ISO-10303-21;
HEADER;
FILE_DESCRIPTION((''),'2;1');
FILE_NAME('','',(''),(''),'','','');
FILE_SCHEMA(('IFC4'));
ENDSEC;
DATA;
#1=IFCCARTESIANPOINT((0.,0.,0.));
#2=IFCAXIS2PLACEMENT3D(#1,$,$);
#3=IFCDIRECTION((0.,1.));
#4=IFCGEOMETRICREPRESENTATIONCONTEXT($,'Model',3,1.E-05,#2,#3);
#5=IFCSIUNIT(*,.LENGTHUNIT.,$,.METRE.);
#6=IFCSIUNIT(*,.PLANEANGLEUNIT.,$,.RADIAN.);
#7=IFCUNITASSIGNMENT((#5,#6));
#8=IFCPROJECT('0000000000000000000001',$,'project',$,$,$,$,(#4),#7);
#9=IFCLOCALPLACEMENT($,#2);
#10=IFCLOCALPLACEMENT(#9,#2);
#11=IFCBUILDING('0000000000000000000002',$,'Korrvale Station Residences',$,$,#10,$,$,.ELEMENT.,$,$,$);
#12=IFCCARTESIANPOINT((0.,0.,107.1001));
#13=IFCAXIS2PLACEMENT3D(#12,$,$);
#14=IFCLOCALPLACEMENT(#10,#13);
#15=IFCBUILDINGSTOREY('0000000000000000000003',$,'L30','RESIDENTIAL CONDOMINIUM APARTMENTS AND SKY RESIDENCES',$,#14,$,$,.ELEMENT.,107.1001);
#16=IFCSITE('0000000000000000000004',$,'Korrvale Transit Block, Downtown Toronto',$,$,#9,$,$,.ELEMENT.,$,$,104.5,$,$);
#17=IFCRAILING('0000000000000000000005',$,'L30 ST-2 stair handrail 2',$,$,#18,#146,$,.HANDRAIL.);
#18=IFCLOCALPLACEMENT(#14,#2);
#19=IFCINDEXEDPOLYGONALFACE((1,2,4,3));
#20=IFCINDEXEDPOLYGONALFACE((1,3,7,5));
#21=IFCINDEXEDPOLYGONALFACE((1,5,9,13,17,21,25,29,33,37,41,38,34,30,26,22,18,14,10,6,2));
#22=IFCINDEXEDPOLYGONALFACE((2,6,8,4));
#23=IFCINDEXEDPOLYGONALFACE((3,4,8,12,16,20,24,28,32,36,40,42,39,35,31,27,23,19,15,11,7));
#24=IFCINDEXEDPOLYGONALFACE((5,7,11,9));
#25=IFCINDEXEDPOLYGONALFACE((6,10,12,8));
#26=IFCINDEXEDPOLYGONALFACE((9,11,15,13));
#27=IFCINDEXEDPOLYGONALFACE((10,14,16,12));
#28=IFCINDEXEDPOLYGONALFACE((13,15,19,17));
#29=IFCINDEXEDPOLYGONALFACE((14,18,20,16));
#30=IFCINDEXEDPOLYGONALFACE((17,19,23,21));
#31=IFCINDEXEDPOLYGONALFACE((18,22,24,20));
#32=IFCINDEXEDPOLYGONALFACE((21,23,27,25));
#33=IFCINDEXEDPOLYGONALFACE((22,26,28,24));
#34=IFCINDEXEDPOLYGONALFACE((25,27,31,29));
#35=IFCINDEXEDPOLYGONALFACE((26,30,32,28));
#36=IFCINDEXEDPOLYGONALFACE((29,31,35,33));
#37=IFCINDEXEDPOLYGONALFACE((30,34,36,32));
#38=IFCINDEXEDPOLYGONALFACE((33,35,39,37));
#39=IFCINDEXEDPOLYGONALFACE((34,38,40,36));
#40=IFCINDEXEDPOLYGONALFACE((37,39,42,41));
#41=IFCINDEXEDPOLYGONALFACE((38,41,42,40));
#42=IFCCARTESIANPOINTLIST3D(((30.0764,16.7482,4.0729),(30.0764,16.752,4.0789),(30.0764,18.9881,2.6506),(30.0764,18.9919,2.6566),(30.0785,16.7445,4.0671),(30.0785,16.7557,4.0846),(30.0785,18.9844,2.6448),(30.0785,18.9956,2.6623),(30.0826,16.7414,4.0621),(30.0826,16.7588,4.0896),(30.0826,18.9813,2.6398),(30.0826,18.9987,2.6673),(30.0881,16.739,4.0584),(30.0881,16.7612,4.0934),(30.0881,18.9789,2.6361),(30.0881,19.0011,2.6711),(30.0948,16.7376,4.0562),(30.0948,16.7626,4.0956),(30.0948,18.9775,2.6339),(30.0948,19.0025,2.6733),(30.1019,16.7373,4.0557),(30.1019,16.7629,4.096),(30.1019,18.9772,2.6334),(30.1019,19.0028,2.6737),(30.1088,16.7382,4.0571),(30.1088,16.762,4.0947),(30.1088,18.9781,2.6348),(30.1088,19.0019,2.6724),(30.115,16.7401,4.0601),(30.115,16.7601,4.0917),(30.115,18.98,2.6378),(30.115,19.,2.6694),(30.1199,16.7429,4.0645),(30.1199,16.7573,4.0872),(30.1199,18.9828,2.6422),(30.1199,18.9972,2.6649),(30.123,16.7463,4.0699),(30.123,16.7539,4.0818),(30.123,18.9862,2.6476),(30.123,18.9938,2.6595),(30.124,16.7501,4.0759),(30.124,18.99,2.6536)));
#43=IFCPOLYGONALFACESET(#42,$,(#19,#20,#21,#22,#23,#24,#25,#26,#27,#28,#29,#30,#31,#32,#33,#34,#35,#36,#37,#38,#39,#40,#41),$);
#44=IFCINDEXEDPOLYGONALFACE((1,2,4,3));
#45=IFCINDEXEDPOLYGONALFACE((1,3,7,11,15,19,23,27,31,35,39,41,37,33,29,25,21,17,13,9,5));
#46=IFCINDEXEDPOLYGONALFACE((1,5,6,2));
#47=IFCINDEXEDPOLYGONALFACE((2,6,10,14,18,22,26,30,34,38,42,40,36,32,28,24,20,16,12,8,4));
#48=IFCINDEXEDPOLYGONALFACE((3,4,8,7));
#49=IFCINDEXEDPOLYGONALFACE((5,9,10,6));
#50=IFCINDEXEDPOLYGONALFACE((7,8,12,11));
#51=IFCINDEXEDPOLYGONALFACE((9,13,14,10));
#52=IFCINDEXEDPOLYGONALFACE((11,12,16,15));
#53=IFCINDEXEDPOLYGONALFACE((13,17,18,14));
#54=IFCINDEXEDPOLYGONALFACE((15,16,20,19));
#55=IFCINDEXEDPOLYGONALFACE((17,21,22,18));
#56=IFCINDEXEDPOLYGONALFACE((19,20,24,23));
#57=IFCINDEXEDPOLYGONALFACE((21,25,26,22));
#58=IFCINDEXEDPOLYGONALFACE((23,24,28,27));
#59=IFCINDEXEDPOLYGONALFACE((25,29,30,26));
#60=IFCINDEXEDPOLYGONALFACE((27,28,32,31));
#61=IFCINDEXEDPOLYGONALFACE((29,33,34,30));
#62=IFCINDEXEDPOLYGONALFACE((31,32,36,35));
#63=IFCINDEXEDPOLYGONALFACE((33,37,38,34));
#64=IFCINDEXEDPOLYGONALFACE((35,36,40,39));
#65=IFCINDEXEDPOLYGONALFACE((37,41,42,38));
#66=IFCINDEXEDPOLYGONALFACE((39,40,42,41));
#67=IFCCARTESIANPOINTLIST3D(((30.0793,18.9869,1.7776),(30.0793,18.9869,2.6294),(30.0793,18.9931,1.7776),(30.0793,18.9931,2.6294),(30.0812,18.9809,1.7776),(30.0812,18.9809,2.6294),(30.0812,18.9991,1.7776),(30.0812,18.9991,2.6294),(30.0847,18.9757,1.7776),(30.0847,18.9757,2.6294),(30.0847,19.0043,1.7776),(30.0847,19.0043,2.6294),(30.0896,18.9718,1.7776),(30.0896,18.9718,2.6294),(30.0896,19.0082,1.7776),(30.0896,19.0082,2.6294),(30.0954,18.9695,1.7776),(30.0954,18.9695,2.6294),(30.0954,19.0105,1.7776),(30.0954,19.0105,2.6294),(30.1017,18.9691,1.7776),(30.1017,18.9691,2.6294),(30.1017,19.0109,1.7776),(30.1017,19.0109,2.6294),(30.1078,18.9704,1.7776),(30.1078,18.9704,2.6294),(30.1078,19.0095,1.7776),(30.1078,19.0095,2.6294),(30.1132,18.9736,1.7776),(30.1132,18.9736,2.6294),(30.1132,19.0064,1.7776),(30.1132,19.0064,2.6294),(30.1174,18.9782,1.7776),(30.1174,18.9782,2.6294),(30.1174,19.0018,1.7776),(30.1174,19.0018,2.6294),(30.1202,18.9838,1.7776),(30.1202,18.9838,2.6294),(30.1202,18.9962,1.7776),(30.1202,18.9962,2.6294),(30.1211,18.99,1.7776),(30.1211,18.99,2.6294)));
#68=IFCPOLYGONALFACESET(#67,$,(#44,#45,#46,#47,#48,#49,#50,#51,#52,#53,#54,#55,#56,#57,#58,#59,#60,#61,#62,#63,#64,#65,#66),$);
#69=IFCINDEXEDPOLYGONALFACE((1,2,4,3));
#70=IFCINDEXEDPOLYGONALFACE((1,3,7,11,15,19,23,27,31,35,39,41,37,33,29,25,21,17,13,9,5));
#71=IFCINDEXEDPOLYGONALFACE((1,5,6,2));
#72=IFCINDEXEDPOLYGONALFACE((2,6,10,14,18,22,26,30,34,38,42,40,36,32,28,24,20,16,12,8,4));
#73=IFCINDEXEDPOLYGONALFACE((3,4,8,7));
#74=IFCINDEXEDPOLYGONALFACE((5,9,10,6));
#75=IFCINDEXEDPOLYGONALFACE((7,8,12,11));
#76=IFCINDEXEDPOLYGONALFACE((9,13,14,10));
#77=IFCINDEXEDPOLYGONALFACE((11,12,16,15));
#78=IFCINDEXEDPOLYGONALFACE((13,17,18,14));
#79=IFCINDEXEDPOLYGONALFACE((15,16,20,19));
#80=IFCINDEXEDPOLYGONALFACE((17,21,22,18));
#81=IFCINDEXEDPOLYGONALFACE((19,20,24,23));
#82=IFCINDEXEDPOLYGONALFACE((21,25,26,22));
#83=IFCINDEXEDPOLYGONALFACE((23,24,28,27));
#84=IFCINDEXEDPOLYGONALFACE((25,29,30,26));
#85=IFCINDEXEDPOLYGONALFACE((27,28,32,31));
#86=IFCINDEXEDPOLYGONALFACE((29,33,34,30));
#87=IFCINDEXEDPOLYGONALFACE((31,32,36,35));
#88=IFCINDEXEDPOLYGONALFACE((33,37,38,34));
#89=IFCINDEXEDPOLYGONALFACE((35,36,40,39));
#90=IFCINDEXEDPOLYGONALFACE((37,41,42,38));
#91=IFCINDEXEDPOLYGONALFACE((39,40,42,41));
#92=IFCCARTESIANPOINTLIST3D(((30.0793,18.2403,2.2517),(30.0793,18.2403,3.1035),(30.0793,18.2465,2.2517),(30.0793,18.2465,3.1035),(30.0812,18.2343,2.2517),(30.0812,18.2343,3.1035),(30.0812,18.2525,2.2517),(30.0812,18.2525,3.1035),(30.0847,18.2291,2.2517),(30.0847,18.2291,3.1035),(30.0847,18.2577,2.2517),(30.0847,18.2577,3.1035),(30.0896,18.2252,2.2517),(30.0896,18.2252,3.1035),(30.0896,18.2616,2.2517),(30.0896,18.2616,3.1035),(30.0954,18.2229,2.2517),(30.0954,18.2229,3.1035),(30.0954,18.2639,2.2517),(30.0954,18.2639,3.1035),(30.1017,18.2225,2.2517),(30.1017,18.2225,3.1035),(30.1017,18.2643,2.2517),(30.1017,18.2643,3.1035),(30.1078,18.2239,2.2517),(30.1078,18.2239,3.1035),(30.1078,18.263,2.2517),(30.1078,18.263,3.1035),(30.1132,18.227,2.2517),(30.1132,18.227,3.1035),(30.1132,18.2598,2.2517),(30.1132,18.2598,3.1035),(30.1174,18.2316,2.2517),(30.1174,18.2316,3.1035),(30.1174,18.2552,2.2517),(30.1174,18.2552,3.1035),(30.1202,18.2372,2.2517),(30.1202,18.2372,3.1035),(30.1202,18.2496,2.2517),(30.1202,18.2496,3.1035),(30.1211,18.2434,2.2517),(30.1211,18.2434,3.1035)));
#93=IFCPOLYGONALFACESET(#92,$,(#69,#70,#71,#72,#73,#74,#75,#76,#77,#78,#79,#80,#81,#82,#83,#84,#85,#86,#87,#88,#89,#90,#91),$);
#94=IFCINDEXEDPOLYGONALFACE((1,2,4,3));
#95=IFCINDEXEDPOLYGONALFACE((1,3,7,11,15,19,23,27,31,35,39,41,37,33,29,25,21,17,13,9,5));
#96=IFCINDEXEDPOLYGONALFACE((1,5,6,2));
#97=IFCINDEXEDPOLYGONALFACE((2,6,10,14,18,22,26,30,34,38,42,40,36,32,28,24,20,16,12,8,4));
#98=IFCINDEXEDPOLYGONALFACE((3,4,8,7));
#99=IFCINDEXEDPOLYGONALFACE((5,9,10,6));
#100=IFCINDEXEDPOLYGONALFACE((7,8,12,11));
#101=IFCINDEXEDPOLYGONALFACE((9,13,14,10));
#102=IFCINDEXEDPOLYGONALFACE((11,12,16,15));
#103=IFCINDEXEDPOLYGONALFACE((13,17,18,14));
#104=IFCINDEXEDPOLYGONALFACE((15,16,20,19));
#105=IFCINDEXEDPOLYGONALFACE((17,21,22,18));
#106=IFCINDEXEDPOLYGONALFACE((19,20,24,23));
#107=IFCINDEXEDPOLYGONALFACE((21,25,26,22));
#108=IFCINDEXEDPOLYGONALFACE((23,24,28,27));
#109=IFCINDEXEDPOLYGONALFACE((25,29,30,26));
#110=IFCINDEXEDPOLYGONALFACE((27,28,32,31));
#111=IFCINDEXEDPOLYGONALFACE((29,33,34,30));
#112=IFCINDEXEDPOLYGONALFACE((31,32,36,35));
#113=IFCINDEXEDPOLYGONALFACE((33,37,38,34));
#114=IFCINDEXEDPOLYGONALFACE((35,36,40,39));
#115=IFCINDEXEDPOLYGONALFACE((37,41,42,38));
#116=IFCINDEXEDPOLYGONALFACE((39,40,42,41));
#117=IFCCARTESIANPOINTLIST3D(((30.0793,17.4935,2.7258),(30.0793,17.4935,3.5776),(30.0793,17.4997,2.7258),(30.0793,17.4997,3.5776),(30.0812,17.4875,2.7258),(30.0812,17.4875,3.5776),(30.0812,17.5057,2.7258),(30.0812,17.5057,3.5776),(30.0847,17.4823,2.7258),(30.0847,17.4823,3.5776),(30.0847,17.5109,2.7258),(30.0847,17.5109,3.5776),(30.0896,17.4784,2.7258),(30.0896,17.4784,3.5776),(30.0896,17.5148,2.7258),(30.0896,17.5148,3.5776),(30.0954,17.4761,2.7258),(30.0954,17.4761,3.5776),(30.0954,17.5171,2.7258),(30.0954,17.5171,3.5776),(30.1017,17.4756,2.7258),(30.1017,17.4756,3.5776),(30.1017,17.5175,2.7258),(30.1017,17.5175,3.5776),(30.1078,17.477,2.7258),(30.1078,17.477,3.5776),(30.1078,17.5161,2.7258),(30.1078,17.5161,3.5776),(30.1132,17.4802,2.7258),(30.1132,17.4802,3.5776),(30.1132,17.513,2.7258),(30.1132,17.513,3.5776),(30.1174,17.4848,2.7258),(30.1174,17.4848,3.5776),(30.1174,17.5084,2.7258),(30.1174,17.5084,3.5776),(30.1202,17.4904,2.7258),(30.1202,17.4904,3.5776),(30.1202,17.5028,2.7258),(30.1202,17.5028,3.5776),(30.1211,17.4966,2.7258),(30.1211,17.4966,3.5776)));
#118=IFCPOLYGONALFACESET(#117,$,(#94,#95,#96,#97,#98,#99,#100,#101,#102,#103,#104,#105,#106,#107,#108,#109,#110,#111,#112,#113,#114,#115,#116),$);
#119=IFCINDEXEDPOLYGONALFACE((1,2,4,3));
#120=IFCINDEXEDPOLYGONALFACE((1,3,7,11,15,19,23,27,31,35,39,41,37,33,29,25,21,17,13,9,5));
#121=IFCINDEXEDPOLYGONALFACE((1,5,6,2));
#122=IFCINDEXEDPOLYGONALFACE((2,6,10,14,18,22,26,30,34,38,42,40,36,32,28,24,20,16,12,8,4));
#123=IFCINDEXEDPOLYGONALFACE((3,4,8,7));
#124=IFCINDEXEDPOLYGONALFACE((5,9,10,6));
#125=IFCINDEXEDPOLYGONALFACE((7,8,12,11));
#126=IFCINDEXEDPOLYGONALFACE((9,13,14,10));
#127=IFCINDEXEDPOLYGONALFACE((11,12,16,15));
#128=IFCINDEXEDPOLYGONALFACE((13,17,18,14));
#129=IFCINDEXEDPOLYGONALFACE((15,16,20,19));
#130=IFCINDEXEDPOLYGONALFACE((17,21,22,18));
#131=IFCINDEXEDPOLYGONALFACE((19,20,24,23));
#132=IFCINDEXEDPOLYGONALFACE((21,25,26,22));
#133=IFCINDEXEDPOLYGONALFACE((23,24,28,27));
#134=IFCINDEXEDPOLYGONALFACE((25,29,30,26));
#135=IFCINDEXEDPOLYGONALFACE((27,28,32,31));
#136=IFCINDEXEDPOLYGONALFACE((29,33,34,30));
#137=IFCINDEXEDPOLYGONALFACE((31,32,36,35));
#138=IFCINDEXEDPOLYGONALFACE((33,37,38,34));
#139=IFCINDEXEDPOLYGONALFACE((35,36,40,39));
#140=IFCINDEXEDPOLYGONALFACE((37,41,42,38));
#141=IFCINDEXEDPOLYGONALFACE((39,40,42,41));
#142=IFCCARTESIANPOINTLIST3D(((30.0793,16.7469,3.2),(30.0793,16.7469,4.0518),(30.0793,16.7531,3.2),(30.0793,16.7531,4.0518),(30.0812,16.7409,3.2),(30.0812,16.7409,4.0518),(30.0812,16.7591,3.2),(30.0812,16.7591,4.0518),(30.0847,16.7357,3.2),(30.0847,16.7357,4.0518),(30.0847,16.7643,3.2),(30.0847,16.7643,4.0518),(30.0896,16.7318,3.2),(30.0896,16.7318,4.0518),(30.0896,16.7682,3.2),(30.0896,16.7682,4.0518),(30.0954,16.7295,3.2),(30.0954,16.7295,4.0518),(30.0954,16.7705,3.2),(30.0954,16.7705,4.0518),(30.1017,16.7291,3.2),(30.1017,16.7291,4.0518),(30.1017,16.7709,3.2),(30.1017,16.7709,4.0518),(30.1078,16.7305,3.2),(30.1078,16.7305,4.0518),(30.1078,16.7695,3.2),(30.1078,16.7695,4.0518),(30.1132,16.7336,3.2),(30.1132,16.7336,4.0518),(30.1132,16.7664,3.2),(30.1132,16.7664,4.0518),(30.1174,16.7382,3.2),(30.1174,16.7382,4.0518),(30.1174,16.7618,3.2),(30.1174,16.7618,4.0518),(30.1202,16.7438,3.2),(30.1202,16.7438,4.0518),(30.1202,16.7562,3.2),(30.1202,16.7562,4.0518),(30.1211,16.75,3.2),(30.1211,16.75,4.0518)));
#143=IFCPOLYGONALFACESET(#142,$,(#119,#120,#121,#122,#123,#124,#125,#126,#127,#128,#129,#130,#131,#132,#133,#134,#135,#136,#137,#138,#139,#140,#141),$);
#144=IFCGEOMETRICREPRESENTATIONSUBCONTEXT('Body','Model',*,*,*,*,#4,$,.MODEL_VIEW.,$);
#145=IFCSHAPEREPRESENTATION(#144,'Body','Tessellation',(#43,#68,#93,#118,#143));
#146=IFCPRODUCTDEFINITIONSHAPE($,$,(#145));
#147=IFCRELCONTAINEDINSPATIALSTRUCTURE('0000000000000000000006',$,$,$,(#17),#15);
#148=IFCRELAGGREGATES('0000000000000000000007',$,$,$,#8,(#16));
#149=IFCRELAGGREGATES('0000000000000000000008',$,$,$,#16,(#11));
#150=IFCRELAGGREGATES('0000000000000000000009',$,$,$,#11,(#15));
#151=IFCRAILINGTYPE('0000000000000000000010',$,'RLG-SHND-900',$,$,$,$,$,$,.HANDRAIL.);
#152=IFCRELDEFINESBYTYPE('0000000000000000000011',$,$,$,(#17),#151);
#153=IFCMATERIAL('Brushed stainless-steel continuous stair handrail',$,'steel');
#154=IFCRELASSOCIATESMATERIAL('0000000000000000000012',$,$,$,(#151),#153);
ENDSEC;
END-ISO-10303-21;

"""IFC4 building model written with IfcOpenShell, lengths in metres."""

from ifc_helpers import new_model, si_unit, direction, frame, origin, origin_2d, place, context, subcontext, project, spatial, circle, extrude, material, type_object, element, save


model = new_model("IFC4")

# Units and contexts
model_context = context("Model", 3, precision=1e-05, world=origin(), true_north=direction((0.0, 1.0)))
body_context = subcontext(model_context, "Body", "Model", "MODEL_VIEW")
ifc_project = project(units=[si_unit("LENGTHUNIT", "METRE"), si_unit("PLANEANGLEUNIT", "RADIAN")], contexts=[model_context])

# Site, building, storey
site_placement = place(None, origin())
site = spatial("IfcSite", under=ifc_project, at=site_placement, Name="Korrvale Transit Block, Downtown Toronto", CompositionType="ELEMENT", RefElevation=104.5)
building_placement = place(site_placement, origin())
building = spatial("IfcBuilding", under=site, at=building_placement, Name="Korrvale Station Residences", CompositionType="ELEMENT")
storey_placement = place(building_placement, frame((0.0, 0.0, 107.1001)))
storey = spatial("IfcBuildingStorey", under=building, at=storey_placement, Name="L30", Description="RESIDENTIAL CONDOMINIUM APARTMENTS AND SKY RESIDENCES", CompositionType="ELEMENT", Elevation=107.1001)

# Railing
ifc_material_1 = material(Name="Brushed stainless-steel continuous stair handrail", Category="steel")
railing_type_1 = type_object("IfcRailingType", Name="RLG-SHND-900", PredefinedType="HANDRAIL", material=ifc_material_1)
railing_1_placement = place(storey_placement, frame((30.1001, 18.99, 1.7776)))
element("IfcRailing", 1, at=railing_1_placement, inside=storey, type_object=railing_type_1, Name="L30 ST-2 stair handrail 2", PredefinedType="HANDRAIL", context=body_context, shape_type="SweptSolid", body=[
    extrude(circle(Radius=0.0239, at=origin_2d()), frame((0.0, 0.0, 0.876), z_axis=(0.0, -0.844188, 0.536048), x_axis=(1.0, 0.0, 0.0)), (0.0, 0.0, 1.0), 2.6533),
    extrude(circle(Radius=0.021, at=origin_2d()), origin(), (0.0, 0.0, 1.0), 0.8518),
    extrude(circle(Radius=0.021, at=origin_2d()), frame((0.0, -0.7466, 0.4741)), (0.0, 0.0, 1.0), 0.8518),
    extrude(circle(Radius=0.021, at=origin_2d()), frame((0.0, -1.4934, 0.9482)), (0.0, 0.0, 1.0), 0.8518),
    extrude(circle(Radius=0.021, at=origin_2d()), frame((0.0, -2.24, 1.4224)), (0.0, 0.0, 1.0), 0.8518),
])

save(model, "model.ifc")
